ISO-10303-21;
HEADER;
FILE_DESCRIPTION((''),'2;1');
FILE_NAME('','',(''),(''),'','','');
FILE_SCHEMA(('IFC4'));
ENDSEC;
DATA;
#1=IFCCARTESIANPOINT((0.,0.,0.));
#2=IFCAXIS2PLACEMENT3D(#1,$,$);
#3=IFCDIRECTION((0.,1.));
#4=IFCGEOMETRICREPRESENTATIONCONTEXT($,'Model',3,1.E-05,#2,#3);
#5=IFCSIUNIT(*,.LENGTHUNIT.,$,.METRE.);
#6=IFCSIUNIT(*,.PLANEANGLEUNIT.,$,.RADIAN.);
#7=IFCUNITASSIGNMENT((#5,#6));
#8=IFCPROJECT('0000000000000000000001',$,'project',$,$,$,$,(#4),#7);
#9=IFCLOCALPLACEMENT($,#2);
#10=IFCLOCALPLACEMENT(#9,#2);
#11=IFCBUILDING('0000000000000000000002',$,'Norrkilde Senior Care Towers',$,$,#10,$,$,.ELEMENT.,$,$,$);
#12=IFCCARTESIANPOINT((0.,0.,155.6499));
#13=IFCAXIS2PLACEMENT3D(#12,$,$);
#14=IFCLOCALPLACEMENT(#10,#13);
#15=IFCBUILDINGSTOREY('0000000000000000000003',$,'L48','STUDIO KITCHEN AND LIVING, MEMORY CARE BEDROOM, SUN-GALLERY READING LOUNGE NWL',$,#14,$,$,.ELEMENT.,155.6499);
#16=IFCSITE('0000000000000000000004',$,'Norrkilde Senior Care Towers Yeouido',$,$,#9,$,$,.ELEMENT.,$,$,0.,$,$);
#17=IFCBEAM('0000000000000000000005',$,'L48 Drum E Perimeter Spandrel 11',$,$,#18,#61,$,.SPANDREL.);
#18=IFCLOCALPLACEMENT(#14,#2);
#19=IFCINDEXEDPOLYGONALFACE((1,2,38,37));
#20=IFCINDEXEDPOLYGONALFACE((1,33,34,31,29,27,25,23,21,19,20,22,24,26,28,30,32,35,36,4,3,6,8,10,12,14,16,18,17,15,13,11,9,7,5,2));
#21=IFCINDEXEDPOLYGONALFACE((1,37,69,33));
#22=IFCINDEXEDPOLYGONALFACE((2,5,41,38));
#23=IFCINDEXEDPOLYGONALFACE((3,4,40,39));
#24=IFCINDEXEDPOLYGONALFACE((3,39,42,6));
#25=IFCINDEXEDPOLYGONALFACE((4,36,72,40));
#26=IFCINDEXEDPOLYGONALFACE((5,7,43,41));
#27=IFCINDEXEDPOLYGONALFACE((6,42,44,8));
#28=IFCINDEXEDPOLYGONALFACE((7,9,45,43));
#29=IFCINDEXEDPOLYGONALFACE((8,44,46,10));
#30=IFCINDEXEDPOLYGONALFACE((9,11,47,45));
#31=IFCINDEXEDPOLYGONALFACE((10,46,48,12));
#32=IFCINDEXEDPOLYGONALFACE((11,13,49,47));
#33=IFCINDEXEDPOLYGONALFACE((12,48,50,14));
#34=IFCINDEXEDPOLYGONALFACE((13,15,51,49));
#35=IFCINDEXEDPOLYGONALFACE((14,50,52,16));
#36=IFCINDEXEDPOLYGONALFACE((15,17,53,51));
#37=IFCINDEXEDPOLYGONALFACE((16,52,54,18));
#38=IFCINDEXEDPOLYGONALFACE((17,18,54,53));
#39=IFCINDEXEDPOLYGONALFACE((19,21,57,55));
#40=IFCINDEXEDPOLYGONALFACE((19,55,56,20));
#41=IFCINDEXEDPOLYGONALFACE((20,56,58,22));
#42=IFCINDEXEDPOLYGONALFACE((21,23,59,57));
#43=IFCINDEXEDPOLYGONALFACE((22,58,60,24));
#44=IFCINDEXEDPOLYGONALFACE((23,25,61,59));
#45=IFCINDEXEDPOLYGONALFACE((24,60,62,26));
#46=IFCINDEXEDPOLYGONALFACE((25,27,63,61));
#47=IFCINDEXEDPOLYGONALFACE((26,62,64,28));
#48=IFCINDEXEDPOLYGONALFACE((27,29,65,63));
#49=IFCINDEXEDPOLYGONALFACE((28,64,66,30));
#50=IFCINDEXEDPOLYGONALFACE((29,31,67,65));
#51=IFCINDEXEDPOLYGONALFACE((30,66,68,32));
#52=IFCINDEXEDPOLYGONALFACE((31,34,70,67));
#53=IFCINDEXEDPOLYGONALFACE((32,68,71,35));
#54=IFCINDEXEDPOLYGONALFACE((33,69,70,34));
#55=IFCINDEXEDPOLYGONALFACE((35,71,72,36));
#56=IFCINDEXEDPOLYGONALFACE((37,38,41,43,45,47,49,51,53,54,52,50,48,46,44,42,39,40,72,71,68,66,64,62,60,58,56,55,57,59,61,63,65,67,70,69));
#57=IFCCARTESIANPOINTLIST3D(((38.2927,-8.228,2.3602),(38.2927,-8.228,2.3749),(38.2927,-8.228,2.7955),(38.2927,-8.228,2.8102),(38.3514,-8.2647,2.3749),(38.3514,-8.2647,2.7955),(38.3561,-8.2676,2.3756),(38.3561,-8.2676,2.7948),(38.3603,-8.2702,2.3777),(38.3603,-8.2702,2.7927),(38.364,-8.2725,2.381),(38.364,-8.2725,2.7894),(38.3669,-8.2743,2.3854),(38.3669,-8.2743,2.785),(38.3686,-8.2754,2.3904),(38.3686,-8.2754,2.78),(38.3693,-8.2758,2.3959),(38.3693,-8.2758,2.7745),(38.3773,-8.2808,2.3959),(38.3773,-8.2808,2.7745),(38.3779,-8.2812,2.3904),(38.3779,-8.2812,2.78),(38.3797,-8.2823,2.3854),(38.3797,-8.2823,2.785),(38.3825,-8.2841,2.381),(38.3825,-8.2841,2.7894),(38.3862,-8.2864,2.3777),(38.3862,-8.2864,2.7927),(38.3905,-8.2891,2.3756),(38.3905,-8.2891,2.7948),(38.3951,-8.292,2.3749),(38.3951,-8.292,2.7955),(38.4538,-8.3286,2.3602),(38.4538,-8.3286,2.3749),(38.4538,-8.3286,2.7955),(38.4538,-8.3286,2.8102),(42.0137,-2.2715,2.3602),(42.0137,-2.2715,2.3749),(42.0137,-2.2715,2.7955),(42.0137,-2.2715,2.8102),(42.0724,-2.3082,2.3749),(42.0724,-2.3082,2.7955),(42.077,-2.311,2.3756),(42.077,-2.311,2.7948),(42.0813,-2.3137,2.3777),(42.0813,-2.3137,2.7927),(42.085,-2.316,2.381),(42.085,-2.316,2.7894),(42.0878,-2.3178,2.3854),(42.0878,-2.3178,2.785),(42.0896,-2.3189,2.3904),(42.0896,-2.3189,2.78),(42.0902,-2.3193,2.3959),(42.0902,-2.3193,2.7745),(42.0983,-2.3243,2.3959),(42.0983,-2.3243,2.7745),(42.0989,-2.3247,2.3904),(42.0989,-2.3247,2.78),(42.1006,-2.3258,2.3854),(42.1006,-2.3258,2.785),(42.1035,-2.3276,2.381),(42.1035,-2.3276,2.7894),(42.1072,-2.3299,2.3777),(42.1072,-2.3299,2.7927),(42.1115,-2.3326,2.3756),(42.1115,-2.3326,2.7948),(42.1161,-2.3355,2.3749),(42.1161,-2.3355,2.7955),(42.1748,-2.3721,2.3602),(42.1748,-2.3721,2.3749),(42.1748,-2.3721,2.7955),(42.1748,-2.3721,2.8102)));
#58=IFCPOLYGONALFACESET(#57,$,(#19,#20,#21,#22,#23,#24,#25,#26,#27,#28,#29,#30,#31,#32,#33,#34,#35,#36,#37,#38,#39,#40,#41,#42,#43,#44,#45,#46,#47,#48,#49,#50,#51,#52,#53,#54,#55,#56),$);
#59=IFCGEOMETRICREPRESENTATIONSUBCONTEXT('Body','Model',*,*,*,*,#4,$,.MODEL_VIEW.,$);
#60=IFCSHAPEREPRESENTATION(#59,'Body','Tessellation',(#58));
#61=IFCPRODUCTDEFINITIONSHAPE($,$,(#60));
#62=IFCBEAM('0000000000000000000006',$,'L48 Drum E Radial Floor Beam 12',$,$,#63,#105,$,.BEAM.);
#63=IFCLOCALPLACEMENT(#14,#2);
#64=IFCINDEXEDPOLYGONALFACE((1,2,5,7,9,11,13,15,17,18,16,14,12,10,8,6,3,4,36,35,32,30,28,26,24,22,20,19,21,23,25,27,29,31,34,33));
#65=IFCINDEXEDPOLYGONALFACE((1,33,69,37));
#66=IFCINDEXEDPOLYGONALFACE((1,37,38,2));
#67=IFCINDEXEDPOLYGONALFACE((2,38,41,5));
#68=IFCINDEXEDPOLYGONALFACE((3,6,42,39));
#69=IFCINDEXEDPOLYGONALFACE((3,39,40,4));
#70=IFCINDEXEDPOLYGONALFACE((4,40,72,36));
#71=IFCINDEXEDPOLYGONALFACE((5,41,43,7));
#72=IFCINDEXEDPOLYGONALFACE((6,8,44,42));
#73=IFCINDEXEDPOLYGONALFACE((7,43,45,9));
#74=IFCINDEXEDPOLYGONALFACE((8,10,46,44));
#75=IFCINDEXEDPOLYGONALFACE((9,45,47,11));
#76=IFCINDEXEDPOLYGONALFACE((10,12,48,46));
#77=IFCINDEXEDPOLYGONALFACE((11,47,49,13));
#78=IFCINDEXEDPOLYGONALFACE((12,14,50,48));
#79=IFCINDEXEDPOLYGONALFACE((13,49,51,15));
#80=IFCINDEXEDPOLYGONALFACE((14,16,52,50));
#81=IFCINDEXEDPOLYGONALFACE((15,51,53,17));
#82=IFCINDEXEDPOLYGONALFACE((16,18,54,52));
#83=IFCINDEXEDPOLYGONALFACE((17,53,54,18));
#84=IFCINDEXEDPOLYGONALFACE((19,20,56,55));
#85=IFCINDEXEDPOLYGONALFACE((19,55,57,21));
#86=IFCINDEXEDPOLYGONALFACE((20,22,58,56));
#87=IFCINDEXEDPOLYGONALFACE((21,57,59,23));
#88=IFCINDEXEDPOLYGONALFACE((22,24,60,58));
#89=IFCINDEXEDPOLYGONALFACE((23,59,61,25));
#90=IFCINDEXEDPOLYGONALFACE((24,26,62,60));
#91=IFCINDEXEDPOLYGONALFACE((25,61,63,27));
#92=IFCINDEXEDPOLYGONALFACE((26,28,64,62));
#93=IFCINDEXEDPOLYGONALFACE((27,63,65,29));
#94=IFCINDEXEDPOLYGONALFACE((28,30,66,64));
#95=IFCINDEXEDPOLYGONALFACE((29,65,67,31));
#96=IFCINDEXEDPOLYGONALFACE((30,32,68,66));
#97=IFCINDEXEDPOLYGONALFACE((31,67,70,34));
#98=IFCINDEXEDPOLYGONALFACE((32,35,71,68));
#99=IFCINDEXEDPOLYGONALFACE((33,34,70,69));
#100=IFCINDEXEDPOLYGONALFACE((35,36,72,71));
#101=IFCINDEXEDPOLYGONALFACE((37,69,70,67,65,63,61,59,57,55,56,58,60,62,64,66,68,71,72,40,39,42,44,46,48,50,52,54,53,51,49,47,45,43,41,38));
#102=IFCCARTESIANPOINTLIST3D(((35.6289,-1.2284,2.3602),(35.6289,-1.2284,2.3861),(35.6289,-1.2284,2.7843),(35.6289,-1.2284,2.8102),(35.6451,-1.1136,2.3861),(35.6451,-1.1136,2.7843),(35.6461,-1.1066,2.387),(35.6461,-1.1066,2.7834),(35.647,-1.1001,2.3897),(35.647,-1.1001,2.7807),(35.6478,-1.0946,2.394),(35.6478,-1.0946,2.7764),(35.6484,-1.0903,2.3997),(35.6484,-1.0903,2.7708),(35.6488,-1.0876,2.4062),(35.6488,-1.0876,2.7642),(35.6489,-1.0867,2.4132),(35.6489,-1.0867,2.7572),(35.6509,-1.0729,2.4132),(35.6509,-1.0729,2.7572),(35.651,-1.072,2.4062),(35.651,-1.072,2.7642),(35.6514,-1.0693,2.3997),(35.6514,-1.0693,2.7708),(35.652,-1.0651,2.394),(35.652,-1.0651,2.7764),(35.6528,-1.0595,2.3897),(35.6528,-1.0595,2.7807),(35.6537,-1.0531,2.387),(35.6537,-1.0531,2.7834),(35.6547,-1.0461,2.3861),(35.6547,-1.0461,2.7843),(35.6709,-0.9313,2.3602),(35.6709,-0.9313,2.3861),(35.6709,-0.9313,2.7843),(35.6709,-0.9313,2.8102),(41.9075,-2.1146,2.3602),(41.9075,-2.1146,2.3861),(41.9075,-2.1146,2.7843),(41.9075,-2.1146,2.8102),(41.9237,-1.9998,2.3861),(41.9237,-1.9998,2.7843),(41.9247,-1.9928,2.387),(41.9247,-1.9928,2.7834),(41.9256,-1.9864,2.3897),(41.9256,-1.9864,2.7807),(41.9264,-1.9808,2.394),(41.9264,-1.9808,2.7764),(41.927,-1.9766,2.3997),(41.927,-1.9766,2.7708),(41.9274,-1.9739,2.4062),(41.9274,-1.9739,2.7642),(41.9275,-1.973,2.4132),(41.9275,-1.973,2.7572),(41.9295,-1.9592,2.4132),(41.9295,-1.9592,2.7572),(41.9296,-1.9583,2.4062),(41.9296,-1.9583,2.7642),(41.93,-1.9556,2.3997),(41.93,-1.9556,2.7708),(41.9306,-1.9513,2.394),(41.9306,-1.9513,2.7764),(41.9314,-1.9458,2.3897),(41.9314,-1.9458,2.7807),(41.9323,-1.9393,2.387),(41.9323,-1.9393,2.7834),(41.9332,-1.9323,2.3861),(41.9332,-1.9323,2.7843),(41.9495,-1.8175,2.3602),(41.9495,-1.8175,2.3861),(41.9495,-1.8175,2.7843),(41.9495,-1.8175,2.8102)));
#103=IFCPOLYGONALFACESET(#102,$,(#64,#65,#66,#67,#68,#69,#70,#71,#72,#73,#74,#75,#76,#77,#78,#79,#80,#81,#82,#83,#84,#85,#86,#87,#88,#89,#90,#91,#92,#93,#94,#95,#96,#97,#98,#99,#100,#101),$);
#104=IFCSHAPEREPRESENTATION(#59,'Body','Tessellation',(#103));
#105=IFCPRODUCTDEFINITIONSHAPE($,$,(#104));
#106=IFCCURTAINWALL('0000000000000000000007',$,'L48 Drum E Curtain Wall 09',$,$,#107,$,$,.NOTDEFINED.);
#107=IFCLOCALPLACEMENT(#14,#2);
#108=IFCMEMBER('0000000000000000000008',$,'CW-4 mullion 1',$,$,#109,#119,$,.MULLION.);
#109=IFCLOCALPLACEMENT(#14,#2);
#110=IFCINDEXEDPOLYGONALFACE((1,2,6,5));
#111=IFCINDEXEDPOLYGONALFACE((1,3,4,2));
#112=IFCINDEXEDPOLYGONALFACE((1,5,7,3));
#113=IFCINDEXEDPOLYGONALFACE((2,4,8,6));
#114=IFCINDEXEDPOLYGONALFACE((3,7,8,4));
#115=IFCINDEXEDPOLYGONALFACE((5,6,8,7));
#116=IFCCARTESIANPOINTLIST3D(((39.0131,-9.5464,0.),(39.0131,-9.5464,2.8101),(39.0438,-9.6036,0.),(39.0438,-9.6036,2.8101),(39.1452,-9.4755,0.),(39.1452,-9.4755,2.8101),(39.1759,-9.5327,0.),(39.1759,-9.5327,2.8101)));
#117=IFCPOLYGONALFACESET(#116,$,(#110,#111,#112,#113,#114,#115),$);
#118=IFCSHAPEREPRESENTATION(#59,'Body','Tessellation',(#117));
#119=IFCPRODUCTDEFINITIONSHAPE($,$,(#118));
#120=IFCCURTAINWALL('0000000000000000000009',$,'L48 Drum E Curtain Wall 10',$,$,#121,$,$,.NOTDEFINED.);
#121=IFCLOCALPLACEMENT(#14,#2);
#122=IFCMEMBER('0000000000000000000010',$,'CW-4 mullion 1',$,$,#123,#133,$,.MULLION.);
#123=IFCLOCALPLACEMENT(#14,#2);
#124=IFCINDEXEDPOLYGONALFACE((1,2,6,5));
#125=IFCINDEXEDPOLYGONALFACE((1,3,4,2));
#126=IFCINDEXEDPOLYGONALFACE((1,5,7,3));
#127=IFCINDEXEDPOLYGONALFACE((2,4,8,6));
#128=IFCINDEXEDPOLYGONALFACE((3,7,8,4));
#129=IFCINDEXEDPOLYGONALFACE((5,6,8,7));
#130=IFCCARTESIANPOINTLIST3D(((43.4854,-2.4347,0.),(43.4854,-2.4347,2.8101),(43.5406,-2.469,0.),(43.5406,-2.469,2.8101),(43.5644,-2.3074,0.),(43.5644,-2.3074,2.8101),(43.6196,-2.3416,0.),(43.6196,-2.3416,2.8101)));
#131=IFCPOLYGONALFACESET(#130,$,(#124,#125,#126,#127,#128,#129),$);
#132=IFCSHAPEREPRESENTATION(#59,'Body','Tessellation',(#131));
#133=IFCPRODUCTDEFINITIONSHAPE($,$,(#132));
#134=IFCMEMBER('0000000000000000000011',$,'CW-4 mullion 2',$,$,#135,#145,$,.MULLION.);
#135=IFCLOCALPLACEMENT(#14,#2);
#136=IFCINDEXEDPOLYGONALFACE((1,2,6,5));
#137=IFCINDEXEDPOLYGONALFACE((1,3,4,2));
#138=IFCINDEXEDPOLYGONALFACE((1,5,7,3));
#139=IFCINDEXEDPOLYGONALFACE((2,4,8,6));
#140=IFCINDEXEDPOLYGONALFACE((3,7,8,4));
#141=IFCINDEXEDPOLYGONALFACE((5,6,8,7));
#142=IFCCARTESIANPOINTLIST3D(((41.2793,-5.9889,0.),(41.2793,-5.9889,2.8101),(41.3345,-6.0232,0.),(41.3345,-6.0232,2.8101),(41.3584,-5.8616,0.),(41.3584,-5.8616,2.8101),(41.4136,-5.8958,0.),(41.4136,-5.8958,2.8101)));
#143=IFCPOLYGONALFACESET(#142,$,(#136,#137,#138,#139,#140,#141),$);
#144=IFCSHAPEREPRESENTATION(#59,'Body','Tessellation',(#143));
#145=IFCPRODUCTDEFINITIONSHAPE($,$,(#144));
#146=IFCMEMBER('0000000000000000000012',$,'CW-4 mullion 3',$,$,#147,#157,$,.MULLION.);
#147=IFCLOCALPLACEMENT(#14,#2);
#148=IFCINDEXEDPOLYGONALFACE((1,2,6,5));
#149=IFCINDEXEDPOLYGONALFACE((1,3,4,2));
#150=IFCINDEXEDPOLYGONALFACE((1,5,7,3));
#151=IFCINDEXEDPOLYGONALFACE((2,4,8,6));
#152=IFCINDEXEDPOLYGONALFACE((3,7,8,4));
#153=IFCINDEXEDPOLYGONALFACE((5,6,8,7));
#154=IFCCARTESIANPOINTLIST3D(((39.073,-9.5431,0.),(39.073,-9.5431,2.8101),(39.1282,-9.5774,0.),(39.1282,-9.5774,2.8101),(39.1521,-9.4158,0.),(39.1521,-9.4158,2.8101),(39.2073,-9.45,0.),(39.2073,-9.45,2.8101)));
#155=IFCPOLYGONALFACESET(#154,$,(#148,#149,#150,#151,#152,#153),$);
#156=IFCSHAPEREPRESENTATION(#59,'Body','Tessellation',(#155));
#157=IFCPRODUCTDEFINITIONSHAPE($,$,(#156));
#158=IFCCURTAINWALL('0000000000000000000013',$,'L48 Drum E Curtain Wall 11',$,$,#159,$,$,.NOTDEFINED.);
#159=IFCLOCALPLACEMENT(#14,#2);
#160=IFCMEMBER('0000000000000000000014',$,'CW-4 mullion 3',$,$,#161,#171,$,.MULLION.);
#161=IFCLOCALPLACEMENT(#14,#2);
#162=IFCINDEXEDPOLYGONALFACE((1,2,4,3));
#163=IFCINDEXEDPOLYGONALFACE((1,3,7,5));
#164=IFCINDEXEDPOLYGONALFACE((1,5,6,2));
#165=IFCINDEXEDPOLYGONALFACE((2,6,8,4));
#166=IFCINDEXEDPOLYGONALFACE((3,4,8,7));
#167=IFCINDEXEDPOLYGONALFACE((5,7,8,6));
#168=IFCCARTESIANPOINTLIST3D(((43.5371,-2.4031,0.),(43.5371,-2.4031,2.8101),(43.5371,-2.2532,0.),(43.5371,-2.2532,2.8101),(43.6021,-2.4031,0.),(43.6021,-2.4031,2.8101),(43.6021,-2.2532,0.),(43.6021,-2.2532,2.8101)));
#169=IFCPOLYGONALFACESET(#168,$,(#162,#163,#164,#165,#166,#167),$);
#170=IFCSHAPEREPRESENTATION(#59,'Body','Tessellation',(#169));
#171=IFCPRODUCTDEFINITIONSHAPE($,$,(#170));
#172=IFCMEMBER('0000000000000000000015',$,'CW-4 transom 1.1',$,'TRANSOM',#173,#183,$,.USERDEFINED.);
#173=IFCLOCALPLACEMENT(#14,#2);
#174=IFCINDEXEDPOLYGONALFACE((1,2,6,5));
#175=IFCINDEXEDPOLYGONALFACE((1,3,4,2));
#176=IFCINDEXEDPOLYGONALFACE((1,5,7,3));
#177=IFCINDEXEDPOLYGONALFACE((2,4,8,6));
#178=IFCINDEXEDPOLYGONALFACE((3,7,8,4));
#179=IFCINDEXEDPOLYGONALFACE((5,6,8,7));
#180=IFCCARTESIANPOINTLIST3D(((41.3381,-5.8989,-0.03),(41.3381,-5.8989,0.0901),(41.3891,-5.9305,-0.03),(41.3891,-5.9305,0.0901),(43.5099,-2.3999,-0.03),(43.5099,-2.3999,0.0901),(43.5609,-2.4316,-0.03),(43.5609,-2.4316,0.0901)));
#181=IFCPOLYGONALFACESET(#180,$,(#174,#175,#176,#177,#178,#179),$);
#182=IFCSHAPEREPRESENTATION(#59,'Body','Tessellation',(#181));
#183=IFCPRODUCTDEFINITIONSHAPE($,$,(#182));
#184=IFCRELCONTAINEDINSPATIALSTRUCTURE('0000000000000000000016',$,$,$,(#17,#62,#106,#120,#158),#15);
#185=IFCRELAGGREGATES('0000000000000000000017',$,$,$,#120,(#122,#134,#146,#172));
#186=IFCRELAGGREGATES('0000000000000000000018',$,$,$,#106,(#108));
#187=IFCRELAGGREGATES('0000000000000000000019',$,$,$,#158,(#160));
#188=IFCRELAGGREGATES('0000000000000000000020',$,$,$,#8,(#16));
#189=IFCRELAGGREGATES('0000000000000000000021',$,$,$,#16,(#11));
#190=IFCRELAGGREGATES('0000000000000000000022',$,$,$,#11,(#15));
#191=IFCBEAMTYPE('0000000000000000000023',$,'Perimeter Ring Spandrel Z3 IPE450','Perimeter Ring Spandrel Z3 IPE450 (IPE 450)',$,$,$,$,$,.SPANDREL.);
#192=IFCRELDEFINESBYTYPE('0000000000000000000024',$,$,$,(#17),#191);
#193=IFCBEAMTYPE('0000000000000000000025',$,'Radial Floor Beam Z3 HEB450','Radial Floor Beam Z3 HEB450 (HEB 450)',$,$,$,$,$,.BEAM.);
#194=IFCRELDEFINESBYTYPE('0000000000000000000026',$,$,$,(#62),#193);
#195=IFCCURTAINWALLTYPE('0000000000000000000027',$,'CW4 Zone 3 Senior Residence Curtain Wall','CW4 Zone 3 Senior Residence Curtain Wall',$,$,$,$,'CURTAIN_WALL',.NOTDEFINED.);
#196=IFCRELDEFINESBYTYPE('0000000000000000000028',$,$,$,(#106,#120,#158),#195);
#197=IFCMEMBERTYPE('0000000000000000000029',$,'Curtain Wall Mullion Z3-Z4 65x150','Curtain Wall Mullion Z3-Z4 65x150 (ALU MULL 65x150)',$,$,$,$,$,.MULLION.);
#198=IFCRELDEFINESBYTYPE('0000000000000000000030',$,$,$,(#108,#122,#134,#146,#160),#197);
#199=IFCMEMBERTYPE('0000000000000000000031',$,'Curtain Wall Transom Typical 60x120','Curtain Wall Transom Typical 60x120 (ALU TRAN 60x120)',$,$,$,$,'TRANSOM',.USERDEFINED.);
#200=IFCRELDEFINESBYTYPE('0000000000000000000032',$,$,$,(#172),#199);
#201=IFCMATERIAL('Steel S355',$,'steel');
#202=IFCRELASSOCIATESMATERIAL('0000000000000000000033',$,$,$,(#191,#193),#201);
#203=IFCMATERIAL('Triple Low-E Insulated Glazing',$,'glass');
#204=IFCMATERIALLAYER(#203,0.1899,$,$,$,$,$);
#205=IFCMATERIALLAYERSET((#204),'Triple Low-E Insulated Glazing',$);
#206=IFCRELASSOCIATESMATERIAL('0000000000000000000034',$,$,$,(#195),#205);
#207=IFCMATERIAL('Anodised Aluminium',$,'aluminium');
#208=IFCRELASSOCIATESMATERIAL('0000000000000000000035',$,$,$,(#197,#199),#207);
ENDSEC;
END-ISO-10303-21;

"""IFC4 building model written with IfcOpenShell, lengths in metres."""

from ifc_helpers import new_model, si_unit, direction, frame, origin, origin_2d, place, context, subcontext, project, spatial, rectangle, i_section, extrude, source, transform, mapped, material, layer, layer_set, material_profile, profile_set, type_object, type_shapes, element, aggregate, save


model = new_model("IFC4")

# Units and contexts
model_context = context("Model", 3, precision=1e-05, world=origin(), true_north=direction((0.0, 1.0)))
body_context = subcontext(model_context, "Body", "Model", "MODEL_VIEW")
ifc_project = project(units=[si_unit("LENGTHUNIT", "METRE"), si_unit("PLANEANGLEUNIT", "RADIAN")], contexts=[model_context])

# Site, building, storey
site_placement = place(None, origin())
site = spatial("IfcSite", under=ifc_project, at=site_placement, Name="Norrkilde Senior Care Towers Yeouido", CompositionType="ELEMENT", RefElevation=0.0)
building_placement = place(site_placement, origin())
building = spatial("IfcBuilding", under=site, at=building_placement, Name="Norrkilde Senior Care Towers", CompositionType="ELEMENT")
storey_placement = place(building_placement, frame((0.0, 0.0, 155.6499)))
storey = spatial("IfcBuildingStorey", under=building, at=storey_placement, Name="L48", Description="STUDIO KITCHEN AND LIVING, MEMORY CARE BEDROOM, SUN-GALLERY READING LOUNGE NWL", CompositionType="ELEMENT", Elevation=155.6499)

# Beams
ifc_material_1 = material(Name="Steel S355", Category="steel")
ifc_material_profile_1 = material_profile(ifc_material_1, i_section(OverallWidth=0.1899, OverallDepth=0.45, WebThickness=0.0095, FlangeThickness=0.0146, FilletRadius=0.021, at=origin_2d()), Name="IPE 450")
ifc_profile_set_1 = profile_set([ifc_material_profile_1], Name="Steel S355")
beam_type_1 = type_object("IfcBeamType", Name="Perimeter Ring Spandrel Z3 IPE450", Description="Perimeter Ring Spandrel Z3 IPE450 (IPE 450)", PredefinedType="SPANDREL", material=ifc_profile_set_1)
shared_shape_1 = source(origin(), body_context, "Body", "SweptSolid", [
    extrude(i_section(OverallWidth=0.1899, OverallDepth=0.45, WebThickness=0.0095, FlangeThickness=0.0146, FilletRadius=0.021, at=origin_2d()), origin(), (0.0, 0.0, 1.0), 7.0232),
])
beam_1_placement = place(storey_placement, frame((38.3733, -8.2783, 2.5852), z_axis=(0.529805, 0.848119, 0.0), x_axis=(-0.848119, 0.529805, 0.0)))
element("IfcBeam", 1, at=beam_1_placement, inside=storey, type_object=beam_type_1, Name="L48 Drum E Perimeter Spandrel 11", PredefinedType="SPANDREL", context=body_context, shape_type="MappedRepresentation", body=[
    mapped(shared_shape_1, transform((0.0, 0.0, 0.0), x_axis=(1.0, 0.0, 0.0), y_axis=(0.0, 1.0, 0.0), z_axis=(0.0, 0.0, 1.0), scale=1.0)),
])
ifc_material_profile_2 = material_profile(ifc_material_1, i_section(OverallWidth=0.3, OverallDepth=0.45, WebThickness=0.0139, FlangeThickness=0.0259, FilletRadius=0.0271, at=origin_2d()), Name="HEB 450")
ifc_profile_set_2 = profile_set([ifc_material_profile_2], Name="Steel S355")
beam_type_2 = type_object("IfcBeamType", Name="Radial Floor Beam Z3 HEB450", Description="Radial Floor Beam Z3 HEB450 (HEB 450)", PredefinedType="BEAM", material=ifc_profile_set_2)
shared_shape_2 = source(origin(), body_context, "Body", "SweptSolid", [
    extrude(i_section(OverallWidth=0.3, OverallDepth=0.45, WebThickness=0.0139, FlangeThickness=0.0259, FilletRadius=0.0271, at=origin_2d()), origin(), (0.0, 0.0, 1.0), 6.3408),
])
type_shapes(beam_type_2, [shared_shape_2])
beam_2_placement = place(storey_placement, frame((35.6499, -1.0798, 2.5852), z_axis=(0.990185, -0.139766, 0.0), x_axis=(0.139766, 0.990185, 0.0)))
element("IfcBeam", 2, at=beam_2_placement, inside=storey, type_object=beam_type_2, Name="L48 Drum E Radial Floor Beam 12", PredefinedType="BEAM", context=body_context, shape_type="MappedRepresentation", body=[
    mapped(shared_shape_2, transform((0.0, 0.0, 0.0), x_axis=(1.0, 0.0, 0.0), y_axis=(0.0, 1.0, 0.0), z_axis=(0.0, 0.0, 1.0), scale=1.0)),
])

# Curtain wall, member
ifc_material_2 = material(Name="Triple Low-E Insulated Glazing", Category="glass")
ifc_layer_1 = layer(ifc_material_2, 0.1899)
ifc_layer_set_1 = layer_set([ifc_layer_1], Name="Triple Low-E Insulated Glazing")
curtain_wall_type = type_object("IfcCurtainWallType", Name="CW4 Zone 3 Senior Residence Curtain Wall", Description="CW4 Zone 3 Senior Residence Curtain Wall", ElementType="CURTAIN_WALL", PredefinedType="NOTDEFINED", material=ifc_layer_set_1)
curtain_wall_1_placement = place(storey_placement, origin())
curtain_wall_1 = element("IfcCurtainWall", 3, at=curtain_wall_1_placement, inside=storey, type_object=curtain_wall_type, Name="L48 Drum E Curtain Wall 09", PredefinedType="NOTDEFINED")
ifc_material_3 = material(Name="Anodised Aluminium", Category="aluminium")
ifc_material_profile_3 = material_profile(ifc_material_3, rectangle(XDim=0.0649, YDim=0.1499, at=origin_2d()), Name="ALU MULL 65x150")
ifc_profile_set_3 = profile_set([ifc_material_profile_3], Name="Anodised Aluminium")
member_type_1 = type_object("IfcMemberType", Name="Curtain Wall Mullion Z3-Z4 65x150", Description="Curtain Wall Mullion Z3-Z4 65x150 (ALU MULL 65x150)", PredefinedType="MULLION", material=ifc_profile_set_3)
shared_shape_3 = source(origin(), body_context, "Body", "SweptSolid", [
    extrude(rectangle(XDim=0.0649, YDim=0.1499, at=origin_2d()), origin(), (0.0, 0.0, 1.0), 2.8101),
])
type_shapes(member_type_1, [shared_shape_3])
member_1_placement = place(storey_placement, frame((39.0945, -9.5396, 0.0), z_axis=(0.0, 0.0, 1.0), x_axis=(0.473117, -0.881, 0.0)))
member_1 = element("IfcMember", 4, at=member_1_placement, type_object=member_type_1, Name="CW-4 mullion 1", PredefinedType="MULLION", context=body_context, shape_type="MappedRepresentation", body=[
    mapped(shared_shape_3, transform((0.0, 0.0, 0.0), x_axis=(1.0, 0.0, 0.0), y_axis=(0.0, 1.0, 0.0), z_axis=(0.0, 0.0, 1.0), scale=1.0)),
])

# Curtain wall, members
curtain_wall_2_placement = place(storey_placement, origin())
curtain_wall_2 = element("IfcCurtainWall", 5, at=curtain_wall_2_placement, inside=storey, type_object=curtain_wall_type, Name="L48 Drum E Curtain Wall 10", PredefinedType="NOTDEFINED")
member_2_placement = place(storey_placement, frame((43.5525, -2.3882, 0.0), z_axis=(0.0, 0.0, 1.0), x_axis=(0.849634, -0.527373, 0.0)))
member_2 = element("IfcMember", 6, at=member_2_placement, type_object=member_type_1, Name="CW-4 mullion 1", PredefinedType="MULLION", context=body_context, shape_type="MappedRepresentation", body=[
    mapped(shared_shape_3, transform((0.0, 0.0, 0.0), x_axis=(1.0, 0.0, 0.0), y_axis=(0.0, 1.0, 0.0), z_axis=(0.0, 0.0, 1.0), scale=1.0)),
])
member_3_placement = place(storey_placement, frame((41.3464, -5.9424, 0.0), z_axis=(0.0, 0.0, 1.0), x_axis=(0.849634, -0.527373, 0.0)))
member_3 = element("IfcMember", 7, at=member_3_placement, type_object=member_type_1, Name="CW-4 mullion 2", PredefinedType="MULLION", context=body_context, shape_type="MappedRepresentation", body=[
    mapped(shared_shape_3, transform((0.0, 0.0, 0.0), x_axis=(1.0, 0.0, 0.0), y_axis=(0.0, 1.0, 0.0), z_axis=(0.0, 0.0, 1.0), scale=1.0)),
])
member_4_placement = place(storey_placement, frame((39.1401, -9.4966, 0.0), z_axis=(0.0, 0.0, 1.0), x_axis=(0.849634, -0.527373, 0.0)))
member_4 = element("IfcMember", 8, at=member_4_placement, type_object=member_type_1, Name="CW-4 mullion 3", PredefinedType="MULLION", context=body_context, shape_type="MappedRepresentation", body=[
    mapped(shared_shape_3, transform((0.0, 0.0, 0.0), x_axis=(1.0, 0.0, 0.0), y_axis=(0.0, 1.0, 0.0), z_axis=(0.0, 0.0, 1.0), scale=1.0)),
])

# Curtain wall, member
curtain_wall_3_placement = place(storey_placement, origin())
curtain_wall_3 = element("IfcCurtainWall", 9, at=curtain_wall_3_placement, inside=storey, type_object=curtain_wall_type, Name="L48 Drum E Curtain Wall 11", PredefinedType="NOTDEFINED")
member_5_placement = place(storey_placement, frame((43.5696, -2.3281, 0.0), z_axis=(0.0, 0.0, 1.0), x_axis=(1.0, 0.0, 0.0)))
member_5 = element("IfcMember", 10, at=member_5_placement, type_object=member_type_1, Name="CW-4 mullion 3", PredefinedType="MULLION", context=body_context, shape_type="MappedRepresentation", body=[
    mapped(shared_shape_3, transform((0.0, 0.0, 0.0), x_axis=(1.0, 0.0, 0.0), y_axis=(0.0, 1.0, 0.0), z_axis=(0.0, 0.0, 1.0), scale=1.0)),
])

# Member
ifc_material_profile_4 = material_profile(ifc_material_3, rectangle(XDim=0.0601, YDim=0.1201, at=origin_2d()), Name="ALU TRAN 60x120")
ifc_profile_set_4 = profile_set([ifc_material_profile_4], Name="Anodised Aluminium")
member_type_2 = type_object("IfcMemberType", Name="Curtain Wall Transom Typical 60x120", Description="Curtain Wall Transom Typical 60x120 (ALU TRAN 60x120)", ElementType="TRANSOM", PredefinedType="USERDEFINED", material=ifc_profile_set_4)
shared_shape_4 = source(origin(), body_context, "Body", "SweptSolid", [
    extrude(rectangle(XDim=0.0601, YDim=0.1201, at=origin_2d()), origin(), (0.0, 0.0, 1.0), 4.1182),
])
member_6_placement = place(storey_placement, frame((43.5354, -2.4158, 0.03), z_axis=(-0.527375, -0.849633, 0.0), x_axis=(0.849633, -0.527375, 0.0)))
member_6 = element("IfcMember", 11, at=member_6_placement, type_object=member_type_2, Name="CW-4 transom 1.1", ObjectType="TRANSOM", PredefinedType="USERDEFINED", context=body_context, shape_type="MappedRepresentation", body=[
    mapped(shared_shape_4, transform((0.0, 0.0, 0.0), x_axis=(1.0, 0.0, 0.0), y_axis=(0.0, 1.0, 0.0), z_axis=(0.0, 0.0, 1.0), scale=1.0)),
])

aggregate(curtain_wall_2, [member_2, member_3, member_4, member_6])
aggregate(curtain_wall_1, [member_1])
aggregate(curtain_wall_3, [member_5])

save(model, "model.ifc")
